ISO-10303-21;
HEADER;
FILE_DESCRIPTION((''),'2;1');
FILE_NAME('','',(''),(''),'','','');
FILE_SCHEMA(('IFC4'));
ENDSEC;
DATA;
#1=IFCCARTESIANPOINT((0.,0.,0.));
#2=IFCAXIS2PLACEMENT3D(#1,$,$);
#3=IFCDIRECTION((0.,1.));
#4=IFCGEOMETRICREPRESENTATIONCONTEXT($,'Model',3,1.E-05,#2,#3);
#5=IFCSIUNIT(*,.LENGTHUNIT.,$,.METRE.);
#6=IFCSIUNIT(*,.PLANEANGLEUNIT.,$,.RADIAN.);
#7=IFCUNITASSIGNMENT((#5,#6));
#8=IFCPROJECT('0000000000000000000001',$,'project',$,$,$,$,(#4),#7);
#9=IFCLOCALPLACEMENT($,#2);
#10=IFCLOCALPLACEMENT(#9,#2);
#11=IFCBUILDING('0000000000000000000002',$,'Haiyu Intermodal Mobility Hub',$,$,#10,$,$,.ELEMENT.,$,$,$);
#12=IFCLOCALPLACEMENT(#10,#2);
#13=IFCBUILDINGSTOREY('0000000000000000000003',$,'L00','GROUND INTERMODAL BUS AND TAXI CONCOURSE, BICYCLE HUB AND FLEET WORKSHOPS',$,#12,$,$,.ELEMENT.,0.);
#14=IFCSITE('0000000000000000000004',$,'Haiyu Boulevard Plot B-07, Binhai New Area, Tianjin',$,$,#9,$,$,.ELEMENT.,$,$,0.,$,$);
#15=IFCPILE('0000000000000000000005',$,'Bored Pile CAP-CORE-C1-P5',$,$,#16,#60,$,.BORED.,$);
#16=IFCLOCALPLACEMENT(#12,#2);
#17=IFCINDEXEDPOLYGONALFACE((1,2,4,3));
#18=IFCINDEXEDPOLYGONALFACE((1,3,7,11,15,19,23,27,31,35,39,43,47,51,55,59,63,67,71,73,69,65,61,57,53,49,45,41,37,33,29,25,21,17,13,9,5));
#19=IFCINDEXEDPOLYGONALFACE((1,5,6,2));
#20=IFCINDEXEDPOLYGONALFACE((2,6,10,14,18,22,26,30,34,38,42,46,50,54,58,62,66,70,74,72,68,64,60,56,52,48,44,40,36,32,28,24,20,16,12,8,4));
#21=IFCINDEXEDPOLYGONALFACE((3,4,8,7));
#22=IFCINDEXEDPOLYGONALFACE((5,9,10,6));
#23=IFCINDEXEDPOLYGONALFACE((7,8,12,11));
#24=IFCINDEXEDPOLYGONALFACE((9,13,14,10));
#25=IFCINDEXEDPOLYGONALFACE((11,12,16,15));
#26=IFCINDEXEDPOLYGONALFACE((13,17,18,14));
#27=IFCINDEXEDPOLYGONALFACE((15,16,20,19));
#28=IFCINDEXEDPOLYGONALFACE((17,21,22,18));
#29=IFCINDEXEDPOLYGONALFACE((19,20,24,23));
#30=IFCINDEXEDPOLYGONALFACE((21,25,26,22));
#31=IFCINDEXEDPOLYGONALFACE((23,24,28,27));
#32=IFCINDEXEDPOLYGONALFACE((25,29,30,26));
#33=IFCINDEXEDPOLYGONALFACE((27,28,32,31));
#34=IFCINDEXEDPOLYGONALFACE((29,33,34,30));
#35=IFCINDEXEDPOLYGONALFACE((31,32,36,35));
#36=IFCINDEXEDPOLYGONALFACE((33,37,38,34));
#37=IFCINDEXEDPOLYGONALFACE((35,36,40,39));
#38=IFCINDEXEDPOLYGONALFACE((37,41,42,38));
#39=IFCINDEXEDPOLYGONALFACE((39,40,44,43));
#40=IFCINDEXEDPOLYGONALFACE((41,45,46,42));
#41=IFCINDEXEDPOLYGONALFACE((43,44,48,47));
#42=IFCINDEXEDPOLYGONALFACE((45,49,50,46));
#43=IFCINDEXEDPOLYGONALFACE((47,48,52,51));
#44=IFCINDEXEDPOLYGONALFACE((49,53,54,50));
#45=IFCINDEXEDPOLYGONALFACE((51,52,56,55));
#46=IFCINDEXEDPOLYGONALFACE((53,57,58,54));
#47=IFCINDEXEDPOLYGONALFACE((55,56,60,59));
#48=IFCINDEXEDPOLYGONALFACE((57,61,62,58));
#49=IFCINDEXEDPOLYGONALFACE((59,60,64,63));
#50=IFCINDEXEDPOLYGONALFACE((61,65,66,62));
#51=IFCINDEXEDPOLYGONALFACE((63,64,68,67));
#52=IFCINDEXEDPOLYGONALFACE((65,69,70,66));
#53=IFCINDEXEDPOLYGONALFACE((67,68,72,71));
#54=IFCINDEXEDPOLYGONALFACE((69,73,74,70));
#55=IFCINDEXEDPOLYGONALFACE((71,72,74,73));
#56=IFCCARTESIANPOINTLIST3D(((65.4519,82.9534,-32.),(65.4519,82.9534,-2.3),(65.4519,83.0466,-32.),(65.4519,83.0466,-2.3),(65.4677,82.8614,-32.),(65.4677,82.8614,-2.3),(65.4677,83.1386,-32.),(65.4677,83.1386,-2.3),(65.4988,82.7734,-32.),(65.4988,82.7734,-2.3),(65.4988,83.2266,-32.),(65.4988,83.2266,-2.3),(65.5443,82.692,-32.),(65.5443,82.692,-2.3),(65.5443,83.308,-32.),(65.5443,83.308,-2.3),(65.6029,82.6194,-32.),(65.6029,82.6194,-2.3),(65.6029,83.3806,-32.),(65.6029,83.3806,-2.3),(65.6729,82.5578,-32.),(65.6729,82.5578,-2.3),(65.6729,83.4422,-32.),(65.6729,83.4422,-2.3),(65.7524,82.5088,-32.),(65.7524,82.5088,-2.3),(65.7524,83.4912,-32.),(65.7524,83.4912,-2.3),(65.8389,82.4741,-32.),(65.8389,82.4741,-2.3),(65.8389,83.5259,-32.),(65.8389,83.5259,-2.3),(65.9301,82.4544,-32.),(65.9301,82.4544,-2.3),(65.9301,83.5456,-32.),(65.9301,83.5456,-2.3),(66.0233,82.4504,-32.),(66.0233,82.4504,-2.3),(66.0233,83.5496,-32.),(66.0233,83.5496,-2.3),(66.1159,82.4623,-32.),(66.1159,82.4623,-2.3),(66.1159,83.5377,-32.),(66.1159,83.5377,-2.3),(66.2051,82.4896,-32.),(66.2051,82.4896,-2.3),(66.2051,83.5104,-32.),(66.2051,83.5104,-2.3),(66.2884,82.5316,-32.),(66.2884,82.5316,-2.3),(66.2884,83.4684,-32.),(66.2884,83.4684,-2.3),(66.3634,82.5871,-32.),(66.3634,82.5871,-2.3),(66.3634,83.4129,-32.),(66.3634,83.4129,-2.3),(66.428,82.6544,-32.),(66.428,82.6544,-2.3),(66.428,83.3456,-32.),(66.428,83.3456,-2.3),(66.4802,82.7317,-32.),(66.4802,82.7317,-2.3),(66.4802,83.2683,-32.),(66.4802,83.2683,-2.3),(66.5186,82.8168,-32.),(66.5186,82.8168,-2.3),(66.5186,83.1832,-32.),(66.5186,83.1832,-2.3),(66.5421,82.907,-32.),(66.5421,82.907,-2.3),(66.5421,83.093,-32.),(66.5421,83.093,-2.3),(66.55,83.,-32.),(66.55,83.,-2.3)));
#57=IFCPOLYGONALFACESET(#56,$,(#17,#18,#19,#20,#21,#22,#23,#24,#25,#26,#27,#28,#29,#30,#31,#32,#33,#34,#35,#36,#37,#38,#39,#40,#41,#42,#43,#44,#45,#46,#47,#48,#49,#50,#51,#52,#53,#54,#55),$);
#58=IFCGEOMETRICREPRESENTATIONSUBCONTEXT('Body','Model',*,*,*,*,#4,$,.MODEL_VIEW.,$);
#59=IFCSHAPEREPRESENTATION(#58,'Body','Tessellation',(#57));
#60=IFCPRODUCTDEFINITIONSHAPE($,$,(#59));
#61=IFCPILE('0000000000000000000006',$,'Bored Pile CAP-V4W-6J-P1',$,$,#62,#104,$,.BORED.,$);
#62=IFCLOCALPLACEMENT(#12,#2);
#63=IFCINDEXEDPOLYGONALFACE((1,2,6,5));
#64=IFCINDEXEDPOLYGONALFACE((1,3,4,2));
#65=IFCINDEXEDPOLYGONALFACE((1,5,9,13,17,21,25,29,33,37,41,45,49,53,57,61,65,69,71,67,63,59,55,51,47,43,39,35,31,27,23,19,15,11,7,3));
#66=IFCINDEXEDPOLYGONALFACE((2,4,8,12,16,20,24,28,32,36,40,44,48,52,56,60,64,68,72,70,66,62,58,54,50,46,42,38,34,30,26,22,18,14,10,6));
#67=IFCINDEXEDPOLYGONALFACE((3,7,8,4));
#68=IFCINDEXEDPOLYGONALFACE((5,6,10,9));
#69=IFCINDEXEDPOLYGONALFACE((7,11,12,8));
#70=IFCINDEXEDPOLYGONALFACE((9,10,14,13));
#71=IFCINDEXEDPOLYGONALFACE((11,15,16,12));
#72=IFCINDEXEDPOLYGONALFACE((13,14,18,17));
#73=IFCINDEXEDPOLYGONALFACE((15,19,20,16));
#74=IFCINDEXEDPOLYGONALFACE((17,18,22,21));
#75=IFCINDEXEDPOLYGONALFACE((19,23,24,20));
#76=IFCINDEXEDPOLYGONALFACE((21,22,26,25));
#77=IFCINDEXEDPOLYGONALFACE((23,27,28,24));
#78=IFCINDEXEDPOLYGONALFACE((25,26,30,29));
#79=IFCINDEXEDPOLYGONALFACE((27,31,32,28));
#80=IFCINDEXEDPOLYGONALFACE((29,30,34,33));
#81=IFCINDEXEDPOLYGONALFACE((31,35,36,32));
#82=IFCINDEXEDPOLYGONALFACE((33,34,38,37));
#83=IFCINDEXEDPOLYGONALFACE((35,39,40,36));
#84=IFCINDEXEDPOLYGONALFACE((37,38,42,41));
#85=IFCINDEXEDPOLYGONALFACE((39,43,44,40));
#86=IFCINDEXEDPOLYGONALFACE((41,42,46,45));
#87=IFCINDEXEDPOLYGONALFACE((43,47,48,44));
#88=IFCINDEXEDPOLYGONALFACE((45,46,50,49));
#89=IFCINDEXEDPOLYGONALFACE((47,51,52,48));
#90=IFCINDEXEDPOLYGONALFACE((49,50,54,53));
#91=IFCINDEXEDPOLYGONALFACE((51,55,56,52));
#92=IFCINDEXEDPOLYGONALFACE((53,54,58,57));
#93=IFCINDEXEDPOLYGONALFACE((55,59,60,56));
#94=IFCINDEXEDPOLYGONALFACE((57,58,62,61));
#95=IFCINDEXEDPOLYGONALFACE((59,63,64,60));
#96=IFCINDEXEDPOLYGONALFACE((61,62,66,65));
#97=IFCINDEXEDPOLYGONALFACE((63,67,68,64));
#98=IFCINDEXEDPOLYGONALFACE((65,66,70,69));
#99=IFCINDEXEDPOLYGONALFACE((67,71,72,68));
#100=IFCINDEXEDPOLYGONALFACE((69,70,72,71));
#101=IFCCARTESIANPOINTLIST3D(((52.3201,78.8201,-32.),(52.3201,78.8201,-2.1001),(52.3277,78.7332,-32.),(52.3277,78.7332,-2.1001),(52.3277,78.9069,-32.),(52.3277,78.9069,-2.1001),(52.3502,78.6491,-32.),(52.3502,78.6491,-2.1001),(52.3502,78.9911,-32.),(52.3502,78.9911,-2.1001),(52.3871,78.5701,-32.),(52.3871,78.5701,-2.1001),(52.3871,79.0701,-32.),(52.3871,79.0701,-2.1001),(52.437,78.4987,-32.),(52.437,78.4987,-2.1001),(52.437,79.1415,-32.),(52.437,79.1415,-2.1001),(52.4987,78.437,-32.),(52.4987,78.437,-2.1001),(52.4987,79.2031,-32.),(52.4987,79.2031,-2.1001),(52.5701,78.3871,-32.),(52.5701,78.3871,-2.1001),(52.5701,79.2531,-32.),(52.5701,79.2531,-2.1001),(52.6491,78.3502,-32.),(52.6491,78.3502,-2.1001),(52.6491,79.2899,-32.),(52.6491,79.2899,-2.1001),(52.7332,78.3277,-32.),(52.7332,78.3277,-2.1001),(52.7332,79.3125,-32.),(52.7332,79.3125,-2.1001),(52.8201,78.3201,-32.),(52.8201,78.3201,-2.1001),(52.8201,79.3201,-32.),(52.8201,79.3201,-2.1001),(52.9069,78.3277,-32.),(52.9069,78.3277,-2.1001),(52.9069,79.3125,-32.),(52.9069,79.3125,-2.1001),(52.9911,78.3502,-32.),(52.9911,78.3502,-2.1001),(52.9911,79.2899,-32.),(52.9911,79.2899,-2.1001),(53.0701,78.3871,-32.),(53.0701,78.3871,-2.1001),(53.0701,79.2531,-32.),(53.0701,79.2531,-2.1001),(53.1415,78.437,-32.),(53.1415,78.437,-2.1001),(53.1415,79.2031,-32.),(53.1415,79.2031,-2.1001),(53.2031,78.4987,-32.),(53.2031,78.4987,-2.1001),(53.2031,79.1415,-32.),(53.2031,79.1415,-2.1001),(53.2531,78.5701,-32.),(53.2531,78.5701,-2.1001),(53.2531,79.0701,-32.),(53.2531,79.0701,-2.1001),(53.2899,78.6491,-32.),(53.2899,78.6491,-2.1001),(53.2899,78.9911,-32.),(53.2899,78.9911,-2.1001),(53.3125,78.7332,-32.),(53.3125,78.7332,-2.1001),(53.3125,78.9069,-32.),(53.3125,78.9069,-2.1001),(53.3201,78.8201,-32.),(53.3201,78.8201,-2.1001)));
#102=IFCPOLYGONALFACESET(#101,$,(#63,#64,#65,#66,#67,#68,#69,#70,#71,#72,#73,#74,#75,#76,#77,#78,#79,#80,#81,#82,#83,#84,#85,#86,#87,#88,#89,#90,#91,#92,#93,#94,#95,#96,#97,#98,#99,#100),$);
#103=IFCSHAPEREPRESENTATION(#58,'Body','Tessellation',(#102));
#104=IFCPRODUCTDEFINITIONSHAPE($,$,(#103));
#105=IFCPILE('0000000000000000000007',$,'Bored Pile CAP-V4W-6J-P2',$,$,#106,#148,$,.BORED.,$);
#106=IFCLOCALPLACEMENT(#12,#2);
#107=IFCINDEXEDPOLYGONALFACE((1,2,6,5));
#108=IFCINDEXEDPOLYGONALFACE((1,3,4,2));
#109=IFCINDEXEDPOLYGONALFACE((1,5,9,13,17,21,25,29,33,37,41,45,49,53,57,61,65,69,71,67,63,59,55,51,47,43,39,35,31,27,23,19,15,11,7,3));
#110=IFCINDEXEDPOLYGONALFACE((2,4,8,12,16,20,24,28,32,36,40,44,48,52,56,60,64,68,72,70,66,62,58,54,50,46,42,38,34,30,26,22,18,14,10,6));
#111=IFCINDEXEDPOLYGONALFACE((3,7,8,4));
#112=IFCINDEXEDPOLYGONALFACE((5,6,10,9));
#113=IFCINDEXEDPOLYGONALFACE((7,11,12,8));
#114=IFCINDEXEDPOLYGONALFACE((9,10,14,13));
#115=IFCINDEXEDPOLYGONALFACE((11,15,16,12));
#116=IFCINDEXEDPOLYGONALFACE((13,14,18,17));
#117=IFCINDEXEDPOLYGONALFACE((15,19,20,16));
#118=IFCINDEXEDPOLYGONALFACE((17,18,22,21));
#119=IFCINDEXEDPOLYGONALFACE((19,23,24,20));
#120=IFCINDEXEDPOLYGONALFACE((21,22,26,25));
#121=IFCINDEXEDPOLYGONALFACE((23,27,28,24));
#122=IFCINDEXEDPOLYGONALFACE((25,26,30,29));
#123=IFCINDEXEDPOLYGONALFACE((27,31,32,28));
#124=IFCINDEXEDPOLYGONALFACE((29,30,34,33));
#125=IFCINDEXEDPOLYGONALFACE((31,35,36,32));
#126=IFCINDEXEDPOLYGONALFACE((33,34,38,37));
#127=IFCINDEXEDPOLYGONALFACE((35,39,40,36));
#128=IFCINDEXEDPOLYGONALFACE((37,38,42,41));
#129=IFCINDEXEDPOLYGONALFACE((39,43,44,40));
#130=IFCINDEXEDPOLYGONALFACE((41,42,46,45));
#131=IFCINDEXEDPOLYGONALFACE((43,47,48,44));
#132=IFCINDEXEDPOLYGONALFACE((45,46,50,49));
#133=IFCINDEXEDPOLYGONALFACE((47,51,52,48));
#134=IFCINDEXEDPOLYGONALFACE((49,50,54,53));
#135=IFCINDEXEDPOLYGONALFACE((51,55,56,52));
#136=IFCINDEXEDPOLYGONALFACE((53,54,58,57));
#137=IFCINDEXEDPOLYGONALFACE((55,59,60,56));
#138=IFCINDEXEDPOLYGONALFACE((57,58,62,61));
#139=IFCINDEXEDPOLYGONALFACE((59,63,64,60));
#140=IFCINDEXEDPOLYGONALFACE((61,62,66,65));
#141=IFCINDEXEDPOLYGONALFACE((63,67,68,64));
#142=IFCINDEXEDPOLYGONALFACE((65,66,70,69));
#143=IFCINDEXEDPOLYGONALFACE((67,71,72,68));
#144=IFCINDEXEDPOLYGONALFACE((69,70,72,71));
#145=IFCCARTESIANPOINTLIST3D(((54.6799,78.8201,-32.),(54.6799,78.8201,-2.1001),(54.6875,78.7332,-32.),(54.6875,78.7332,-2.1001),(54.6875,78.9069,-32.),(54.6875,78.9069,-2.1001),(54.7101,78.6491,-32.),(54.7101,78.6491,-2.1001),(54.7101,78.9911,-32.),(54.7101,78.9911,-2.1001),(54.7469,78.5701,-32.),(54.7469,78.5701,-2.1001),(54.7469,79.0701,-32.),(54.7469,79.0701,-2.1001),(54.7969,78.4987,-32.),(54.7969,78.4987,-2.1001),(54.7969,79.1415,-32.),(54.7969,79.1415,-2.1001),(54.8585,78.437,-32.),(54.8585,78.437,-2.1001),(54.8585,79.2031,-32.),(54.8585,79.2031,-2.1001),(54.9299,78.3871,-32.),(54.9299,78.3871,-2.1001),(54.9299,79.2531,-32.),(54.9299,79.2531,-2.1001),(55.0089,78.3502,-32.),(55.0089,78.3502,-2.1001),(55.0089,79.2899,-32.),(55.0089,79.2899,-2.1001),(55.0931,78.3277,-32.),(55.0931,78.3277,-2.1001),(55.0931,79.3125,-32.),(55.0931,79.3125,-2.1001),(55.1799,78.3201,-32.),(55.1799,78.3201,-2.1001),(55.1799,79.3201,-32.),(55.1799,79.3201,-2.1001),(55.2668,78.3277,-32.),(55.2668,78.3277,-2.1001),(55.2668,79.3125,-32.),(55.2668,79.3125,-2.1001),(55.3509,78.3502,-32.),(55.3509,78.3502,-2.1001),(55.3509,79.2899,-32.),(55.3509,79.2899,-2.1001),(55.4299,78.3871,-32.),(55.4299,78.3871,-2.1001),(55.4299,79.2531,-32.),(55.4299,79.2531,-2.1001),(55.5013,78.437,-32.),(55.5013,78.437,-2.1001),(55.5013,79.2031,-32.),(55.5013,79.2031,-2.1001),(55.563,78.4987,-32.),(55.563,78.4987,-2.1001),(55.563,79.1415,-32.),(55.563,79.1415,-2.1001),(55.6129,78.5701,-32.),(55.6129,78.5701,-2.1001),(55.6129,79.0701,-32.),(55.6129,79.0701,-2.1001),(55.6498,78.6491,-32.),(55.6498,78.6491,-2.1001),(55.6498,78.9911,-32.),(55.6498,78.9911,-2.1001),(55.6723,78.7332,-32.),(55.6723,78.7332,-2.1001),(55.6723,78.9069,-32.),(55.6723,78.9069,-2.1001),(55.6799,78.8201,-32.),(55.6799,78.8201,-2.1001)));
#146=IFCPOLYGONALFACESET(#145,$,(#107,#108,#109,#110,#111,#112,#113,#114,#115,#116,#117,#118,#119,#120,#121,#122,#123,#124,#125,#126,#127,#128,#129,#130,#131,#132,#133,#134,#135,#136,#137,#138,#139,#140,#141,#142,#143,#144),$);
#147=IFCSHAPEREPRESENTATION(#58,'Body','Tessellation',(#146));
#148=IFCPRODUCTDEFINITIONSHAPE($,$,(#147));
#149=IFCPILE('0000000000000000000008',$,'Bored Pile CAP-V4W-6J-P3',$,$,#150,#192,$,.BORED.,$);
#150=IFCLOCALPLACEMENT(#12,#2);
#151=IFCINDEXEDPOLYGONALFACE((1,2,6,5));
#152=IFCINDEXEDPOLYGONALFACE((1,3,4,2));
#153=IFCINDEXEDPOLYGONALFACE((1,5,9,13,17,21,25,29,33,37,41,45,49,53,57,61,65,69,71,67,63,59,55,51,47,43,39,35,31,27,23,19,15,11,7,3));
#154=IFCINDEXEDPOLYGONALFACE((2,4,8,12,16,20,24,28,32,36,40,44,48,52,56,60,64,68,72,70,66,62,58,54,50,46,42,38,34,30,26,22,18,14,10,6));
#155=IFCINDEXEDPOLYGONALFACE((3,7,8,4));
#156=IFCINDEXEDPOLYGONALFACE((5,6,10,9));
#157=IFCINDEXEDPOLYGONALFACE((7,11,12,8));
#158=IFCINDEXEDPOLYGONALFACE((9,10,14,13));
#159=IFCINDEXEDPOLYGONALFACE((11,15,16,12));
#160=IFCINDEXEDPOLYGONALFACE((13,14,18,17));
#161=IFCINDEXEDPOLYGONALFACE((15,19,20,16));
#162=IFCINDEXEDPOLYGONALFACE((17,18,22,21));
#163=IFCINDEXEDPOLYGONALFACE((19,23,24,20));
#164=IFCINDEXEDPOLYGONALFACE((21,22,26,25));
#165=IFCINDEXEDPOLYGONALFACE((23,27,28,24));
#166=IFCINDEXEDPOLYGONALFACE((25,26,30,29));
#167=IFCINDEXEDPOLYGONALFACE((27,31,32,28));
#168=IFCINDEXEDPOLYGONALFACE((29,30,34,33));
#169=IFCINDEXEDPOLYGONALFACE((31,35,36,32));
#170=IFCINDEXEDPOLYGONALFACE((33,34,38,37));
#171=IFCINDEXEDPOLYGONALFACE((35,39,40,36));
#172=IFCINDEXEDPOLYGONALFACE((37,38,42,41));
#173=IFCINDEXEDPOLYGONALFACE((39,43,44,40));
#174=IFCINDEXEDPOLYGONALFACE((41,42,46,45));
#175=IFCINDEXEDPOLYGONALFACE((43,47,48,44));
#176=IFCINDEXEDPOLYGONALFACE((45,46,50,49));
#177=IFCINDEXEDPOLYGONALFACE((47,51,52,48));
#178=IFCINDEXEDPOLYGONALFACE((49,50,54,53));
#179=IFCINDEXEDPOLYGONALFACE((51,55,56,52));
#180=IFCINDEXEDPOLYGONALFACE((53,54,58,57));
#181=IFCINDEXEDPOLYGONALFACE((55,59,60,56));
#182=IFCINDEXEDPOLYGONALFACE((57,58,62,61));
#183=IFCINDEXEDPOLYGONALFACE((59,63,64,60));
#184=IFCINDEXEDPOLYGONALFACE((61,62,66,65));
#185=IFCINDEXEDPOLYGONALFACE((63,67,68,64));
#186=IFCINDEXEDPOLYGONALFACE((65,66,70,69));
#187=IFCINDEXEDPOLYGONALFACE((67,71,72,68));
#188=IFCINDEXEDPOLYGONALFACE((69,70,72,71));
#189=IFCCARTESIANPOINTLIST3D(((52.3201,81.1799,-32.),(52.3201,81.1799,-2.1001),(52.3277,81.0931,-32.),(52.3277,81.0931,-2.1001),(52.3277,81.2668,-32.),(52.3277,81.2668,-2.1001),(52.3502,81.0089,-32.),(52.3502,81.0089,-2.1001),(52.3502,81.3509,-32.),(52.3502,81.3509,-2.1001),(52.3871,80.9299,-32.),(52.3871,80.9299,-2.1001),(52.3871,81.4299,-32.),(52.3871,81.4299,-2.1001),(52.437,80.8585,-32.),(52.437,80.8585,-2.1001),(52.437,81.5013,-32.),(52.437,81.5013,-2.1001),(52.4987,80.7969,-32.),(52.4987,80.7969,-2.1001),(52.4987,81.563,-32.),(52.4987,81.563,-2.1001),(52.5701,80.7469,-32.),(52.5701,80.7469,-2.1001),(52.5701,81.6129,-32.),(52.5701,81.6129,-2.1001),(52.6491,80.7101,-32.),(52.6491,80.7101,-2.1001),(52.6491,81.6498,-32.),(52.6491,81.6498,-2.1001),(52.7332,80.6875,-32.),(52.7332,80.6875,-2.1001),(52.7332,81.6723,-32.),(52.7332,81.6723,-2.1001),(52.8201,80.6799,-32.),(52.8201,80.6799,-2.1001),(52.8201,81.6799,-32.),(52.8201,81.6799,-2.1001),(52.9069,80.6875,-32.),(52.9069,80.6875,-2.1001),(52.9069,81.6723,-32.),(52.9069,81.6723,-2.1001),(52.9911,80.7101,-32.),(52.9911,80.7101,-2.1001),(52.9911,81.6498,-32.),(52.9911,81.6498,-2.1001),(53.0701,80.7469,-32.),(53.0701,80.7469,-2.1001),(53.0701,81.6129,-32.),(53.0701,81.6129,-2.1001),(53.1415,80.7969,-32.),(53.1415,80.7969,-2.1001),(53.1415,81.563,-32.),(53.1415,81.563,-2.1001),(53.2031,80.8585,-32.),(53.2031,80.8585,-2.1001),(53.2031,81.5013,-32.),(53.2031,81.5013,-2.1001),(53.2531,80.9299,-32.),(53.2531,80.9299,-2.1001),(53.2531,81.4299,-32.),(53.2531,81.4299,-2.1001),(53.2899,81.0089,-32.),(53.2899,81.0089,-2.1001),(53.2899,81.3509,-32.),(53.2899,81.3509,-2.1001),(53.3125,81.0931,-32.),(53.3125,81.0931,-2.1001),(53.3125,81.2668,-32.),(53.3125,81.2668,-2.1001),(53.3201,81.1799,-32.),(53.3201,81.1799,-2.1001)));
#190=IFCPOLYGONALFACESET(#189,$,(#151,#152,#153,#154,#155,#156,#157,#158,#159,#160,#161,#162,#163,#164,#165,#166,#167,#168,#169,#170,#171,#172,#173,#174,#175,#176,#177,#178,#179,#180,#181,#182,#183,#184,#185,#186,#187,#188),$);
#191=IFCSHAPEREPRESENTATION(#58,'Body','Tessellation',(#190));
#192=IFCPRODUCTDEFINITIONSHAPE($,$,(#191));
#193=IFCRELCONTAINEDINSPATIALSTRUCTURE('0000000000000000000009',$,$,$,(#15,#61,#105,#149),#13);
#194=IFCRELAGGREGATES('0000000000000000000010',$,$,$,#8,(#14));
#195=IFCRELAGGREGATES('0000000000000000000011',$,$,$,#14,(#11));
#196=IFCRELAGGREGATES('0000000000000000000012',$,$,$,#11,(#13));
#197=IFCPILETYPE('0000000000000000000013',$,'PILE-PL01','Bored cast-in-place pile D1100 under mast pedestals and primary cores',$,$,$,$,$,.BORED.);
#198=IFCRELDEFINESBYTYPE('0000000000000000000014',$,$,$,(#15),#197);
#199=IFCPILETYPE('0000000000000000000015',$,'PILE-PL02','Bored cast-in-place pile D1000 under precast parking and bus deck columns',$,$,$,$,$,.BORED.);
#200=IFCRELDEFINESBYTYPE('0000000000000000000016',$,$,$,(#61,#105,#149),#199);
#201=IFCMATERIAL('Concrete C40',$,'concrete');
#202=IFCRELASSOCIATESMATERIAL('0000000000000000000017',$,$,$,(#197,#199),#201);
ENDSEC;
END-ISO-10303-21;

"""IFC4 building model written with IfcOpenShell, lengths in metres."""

from ifc_helpers import new_model, si_unit, direction, frame, origin, origin_2d, place, context, subcontext, project, spatial, circle, extrude, material, material_profile, profile_set, type_object, element, save


model = new_model("IFC4")

# Units and contexts
model_context = context("Model", 3, precision=1e-05, world=origin(), true_north=direction((0.0, 1.0)))
body_context = subcontext(model_context, "Body", "Model", "MODEL_VIEW")
ifc_project = project(units=[si_unit("LENGTHUNIT", "METRE"), si_unit("PLANEANGLEUNIT", "RADIAN")], contexts=[model_context])

# Site, building, storey
site_placement = place(None, origin())
site = spatial("IfcSite", under=ifc_project, at=site_placement, Name="Haiyu Boulevard Plot B-07, Binhai New Area, Tianjin", CompositionType="ELEMENT", RefElevation=0.0)
building_placement = place(site_placement, origin())
building = spatial("IfcBuilding", under=site, at=building_placement, Name="Haiyu Intermodal Mobility Hub", CompositionType="ELEMENT")
storey_placement = place(building_placement, origin())
storey = spatial("IfcBuildingStorey", under=building, at=storey_placement, Name="L00", Description="GROUND INTERMODAL BUS AND TAXI CONCOURSE, BICYCLE HUB AND FLEET WORKSHOPS", CompositionType="ELEMENT", Elevation=0.0)

# Shared definitions
ifc_material_1 = material(Name="Concrete C40", Category="concrete")

# Piles
ifc_material_profile_1 = material_profile(ifc_material_1, circle(Radius=0.55, at=origin_2d()), Name="PILE-D1100")
ifc_profile_set_1 = profile_set([ifc_material_profile_1], Name="Concrete C40")
pile_type_1 = type_object("IfcPileType", Name="PILE-PL01", Description="Bored cast-in-place pile D1100 under mast pedestals and primary cores", PredefinedType="BORED", material=ifc_profile_set_1)
for number, where, z_axis, x_axis, name in (
    (1, (66.0, 83.0, -2.3), (0.0, 0.0, -1.0), (1.0, 0.0, 0.0), "Bored Pile CAP-CORE-C1-P5"),
):
    element("IfcPile", number, at=place(storey_placement, frame(where, z_axis=z_axis, x_axis=x_axis)), inside=storey, type_object=pile_type_1, Name=name, PredefinedType="BORED", context=body_context, shape_type="SweptSolid", body=[
        extrude(circle(Radius=0.55, at=origin_2d()), origin(), (0.0, 0.0, 1.0), 29.7),
    ])
ifc_material_profile_2 = material_profile(ifc_material_1, circle(Radius=0.5, at=origin_2d()), Name="PILE-D1000")
ifc_profile_set_2 = profile_set([ifc_material_profile_2], Name="Concrete C40")
pile_type_2 = type_object("IfcPileType", Name="PILE-PL02", Description="Bored cast-in-place pile D1000 under precast parking and bus deck columns", PredefinedType="BORED", material=ifc_profile_set_2)
for number, where, z_axis, x_axis, name in (
    (2, (52.8201, 78.8201, -2.1001), (0.0, 0.0, -1.0), (1.0, 0.0, 0.0), "Bored Pile CAP-V4W-6J-P1"),
    (3, (55.1799, 78.8201, -2.1001), (0.0, 0.0, -1.0), (1.0, 0.0, 0.0), "Bored Pile CAP-V4W-6J-P2"),
    (4, (52.8201, 81.1799, -2.1001), (0.0, 0.0, -1.0), (1.0, 0.0, 0.0), "Bored Pile CAP-V4W-6J-P3"),
):
    element("IfcPile", number, at=place(storey_placement, frame(where, z_axis=z_axis, x_axis=x_axis)), inside=storey, type_object=pile_type_2, Name=name, PredefinedType="BORED", context=body_context, shape_type="SweptSolid", body=[
        extrude(circle(Radius=0.5, at=origin_2d()), origin(), (0.0, 0.0, 1.0), 29.8999),
    ])

save(model, "model.ifc")
